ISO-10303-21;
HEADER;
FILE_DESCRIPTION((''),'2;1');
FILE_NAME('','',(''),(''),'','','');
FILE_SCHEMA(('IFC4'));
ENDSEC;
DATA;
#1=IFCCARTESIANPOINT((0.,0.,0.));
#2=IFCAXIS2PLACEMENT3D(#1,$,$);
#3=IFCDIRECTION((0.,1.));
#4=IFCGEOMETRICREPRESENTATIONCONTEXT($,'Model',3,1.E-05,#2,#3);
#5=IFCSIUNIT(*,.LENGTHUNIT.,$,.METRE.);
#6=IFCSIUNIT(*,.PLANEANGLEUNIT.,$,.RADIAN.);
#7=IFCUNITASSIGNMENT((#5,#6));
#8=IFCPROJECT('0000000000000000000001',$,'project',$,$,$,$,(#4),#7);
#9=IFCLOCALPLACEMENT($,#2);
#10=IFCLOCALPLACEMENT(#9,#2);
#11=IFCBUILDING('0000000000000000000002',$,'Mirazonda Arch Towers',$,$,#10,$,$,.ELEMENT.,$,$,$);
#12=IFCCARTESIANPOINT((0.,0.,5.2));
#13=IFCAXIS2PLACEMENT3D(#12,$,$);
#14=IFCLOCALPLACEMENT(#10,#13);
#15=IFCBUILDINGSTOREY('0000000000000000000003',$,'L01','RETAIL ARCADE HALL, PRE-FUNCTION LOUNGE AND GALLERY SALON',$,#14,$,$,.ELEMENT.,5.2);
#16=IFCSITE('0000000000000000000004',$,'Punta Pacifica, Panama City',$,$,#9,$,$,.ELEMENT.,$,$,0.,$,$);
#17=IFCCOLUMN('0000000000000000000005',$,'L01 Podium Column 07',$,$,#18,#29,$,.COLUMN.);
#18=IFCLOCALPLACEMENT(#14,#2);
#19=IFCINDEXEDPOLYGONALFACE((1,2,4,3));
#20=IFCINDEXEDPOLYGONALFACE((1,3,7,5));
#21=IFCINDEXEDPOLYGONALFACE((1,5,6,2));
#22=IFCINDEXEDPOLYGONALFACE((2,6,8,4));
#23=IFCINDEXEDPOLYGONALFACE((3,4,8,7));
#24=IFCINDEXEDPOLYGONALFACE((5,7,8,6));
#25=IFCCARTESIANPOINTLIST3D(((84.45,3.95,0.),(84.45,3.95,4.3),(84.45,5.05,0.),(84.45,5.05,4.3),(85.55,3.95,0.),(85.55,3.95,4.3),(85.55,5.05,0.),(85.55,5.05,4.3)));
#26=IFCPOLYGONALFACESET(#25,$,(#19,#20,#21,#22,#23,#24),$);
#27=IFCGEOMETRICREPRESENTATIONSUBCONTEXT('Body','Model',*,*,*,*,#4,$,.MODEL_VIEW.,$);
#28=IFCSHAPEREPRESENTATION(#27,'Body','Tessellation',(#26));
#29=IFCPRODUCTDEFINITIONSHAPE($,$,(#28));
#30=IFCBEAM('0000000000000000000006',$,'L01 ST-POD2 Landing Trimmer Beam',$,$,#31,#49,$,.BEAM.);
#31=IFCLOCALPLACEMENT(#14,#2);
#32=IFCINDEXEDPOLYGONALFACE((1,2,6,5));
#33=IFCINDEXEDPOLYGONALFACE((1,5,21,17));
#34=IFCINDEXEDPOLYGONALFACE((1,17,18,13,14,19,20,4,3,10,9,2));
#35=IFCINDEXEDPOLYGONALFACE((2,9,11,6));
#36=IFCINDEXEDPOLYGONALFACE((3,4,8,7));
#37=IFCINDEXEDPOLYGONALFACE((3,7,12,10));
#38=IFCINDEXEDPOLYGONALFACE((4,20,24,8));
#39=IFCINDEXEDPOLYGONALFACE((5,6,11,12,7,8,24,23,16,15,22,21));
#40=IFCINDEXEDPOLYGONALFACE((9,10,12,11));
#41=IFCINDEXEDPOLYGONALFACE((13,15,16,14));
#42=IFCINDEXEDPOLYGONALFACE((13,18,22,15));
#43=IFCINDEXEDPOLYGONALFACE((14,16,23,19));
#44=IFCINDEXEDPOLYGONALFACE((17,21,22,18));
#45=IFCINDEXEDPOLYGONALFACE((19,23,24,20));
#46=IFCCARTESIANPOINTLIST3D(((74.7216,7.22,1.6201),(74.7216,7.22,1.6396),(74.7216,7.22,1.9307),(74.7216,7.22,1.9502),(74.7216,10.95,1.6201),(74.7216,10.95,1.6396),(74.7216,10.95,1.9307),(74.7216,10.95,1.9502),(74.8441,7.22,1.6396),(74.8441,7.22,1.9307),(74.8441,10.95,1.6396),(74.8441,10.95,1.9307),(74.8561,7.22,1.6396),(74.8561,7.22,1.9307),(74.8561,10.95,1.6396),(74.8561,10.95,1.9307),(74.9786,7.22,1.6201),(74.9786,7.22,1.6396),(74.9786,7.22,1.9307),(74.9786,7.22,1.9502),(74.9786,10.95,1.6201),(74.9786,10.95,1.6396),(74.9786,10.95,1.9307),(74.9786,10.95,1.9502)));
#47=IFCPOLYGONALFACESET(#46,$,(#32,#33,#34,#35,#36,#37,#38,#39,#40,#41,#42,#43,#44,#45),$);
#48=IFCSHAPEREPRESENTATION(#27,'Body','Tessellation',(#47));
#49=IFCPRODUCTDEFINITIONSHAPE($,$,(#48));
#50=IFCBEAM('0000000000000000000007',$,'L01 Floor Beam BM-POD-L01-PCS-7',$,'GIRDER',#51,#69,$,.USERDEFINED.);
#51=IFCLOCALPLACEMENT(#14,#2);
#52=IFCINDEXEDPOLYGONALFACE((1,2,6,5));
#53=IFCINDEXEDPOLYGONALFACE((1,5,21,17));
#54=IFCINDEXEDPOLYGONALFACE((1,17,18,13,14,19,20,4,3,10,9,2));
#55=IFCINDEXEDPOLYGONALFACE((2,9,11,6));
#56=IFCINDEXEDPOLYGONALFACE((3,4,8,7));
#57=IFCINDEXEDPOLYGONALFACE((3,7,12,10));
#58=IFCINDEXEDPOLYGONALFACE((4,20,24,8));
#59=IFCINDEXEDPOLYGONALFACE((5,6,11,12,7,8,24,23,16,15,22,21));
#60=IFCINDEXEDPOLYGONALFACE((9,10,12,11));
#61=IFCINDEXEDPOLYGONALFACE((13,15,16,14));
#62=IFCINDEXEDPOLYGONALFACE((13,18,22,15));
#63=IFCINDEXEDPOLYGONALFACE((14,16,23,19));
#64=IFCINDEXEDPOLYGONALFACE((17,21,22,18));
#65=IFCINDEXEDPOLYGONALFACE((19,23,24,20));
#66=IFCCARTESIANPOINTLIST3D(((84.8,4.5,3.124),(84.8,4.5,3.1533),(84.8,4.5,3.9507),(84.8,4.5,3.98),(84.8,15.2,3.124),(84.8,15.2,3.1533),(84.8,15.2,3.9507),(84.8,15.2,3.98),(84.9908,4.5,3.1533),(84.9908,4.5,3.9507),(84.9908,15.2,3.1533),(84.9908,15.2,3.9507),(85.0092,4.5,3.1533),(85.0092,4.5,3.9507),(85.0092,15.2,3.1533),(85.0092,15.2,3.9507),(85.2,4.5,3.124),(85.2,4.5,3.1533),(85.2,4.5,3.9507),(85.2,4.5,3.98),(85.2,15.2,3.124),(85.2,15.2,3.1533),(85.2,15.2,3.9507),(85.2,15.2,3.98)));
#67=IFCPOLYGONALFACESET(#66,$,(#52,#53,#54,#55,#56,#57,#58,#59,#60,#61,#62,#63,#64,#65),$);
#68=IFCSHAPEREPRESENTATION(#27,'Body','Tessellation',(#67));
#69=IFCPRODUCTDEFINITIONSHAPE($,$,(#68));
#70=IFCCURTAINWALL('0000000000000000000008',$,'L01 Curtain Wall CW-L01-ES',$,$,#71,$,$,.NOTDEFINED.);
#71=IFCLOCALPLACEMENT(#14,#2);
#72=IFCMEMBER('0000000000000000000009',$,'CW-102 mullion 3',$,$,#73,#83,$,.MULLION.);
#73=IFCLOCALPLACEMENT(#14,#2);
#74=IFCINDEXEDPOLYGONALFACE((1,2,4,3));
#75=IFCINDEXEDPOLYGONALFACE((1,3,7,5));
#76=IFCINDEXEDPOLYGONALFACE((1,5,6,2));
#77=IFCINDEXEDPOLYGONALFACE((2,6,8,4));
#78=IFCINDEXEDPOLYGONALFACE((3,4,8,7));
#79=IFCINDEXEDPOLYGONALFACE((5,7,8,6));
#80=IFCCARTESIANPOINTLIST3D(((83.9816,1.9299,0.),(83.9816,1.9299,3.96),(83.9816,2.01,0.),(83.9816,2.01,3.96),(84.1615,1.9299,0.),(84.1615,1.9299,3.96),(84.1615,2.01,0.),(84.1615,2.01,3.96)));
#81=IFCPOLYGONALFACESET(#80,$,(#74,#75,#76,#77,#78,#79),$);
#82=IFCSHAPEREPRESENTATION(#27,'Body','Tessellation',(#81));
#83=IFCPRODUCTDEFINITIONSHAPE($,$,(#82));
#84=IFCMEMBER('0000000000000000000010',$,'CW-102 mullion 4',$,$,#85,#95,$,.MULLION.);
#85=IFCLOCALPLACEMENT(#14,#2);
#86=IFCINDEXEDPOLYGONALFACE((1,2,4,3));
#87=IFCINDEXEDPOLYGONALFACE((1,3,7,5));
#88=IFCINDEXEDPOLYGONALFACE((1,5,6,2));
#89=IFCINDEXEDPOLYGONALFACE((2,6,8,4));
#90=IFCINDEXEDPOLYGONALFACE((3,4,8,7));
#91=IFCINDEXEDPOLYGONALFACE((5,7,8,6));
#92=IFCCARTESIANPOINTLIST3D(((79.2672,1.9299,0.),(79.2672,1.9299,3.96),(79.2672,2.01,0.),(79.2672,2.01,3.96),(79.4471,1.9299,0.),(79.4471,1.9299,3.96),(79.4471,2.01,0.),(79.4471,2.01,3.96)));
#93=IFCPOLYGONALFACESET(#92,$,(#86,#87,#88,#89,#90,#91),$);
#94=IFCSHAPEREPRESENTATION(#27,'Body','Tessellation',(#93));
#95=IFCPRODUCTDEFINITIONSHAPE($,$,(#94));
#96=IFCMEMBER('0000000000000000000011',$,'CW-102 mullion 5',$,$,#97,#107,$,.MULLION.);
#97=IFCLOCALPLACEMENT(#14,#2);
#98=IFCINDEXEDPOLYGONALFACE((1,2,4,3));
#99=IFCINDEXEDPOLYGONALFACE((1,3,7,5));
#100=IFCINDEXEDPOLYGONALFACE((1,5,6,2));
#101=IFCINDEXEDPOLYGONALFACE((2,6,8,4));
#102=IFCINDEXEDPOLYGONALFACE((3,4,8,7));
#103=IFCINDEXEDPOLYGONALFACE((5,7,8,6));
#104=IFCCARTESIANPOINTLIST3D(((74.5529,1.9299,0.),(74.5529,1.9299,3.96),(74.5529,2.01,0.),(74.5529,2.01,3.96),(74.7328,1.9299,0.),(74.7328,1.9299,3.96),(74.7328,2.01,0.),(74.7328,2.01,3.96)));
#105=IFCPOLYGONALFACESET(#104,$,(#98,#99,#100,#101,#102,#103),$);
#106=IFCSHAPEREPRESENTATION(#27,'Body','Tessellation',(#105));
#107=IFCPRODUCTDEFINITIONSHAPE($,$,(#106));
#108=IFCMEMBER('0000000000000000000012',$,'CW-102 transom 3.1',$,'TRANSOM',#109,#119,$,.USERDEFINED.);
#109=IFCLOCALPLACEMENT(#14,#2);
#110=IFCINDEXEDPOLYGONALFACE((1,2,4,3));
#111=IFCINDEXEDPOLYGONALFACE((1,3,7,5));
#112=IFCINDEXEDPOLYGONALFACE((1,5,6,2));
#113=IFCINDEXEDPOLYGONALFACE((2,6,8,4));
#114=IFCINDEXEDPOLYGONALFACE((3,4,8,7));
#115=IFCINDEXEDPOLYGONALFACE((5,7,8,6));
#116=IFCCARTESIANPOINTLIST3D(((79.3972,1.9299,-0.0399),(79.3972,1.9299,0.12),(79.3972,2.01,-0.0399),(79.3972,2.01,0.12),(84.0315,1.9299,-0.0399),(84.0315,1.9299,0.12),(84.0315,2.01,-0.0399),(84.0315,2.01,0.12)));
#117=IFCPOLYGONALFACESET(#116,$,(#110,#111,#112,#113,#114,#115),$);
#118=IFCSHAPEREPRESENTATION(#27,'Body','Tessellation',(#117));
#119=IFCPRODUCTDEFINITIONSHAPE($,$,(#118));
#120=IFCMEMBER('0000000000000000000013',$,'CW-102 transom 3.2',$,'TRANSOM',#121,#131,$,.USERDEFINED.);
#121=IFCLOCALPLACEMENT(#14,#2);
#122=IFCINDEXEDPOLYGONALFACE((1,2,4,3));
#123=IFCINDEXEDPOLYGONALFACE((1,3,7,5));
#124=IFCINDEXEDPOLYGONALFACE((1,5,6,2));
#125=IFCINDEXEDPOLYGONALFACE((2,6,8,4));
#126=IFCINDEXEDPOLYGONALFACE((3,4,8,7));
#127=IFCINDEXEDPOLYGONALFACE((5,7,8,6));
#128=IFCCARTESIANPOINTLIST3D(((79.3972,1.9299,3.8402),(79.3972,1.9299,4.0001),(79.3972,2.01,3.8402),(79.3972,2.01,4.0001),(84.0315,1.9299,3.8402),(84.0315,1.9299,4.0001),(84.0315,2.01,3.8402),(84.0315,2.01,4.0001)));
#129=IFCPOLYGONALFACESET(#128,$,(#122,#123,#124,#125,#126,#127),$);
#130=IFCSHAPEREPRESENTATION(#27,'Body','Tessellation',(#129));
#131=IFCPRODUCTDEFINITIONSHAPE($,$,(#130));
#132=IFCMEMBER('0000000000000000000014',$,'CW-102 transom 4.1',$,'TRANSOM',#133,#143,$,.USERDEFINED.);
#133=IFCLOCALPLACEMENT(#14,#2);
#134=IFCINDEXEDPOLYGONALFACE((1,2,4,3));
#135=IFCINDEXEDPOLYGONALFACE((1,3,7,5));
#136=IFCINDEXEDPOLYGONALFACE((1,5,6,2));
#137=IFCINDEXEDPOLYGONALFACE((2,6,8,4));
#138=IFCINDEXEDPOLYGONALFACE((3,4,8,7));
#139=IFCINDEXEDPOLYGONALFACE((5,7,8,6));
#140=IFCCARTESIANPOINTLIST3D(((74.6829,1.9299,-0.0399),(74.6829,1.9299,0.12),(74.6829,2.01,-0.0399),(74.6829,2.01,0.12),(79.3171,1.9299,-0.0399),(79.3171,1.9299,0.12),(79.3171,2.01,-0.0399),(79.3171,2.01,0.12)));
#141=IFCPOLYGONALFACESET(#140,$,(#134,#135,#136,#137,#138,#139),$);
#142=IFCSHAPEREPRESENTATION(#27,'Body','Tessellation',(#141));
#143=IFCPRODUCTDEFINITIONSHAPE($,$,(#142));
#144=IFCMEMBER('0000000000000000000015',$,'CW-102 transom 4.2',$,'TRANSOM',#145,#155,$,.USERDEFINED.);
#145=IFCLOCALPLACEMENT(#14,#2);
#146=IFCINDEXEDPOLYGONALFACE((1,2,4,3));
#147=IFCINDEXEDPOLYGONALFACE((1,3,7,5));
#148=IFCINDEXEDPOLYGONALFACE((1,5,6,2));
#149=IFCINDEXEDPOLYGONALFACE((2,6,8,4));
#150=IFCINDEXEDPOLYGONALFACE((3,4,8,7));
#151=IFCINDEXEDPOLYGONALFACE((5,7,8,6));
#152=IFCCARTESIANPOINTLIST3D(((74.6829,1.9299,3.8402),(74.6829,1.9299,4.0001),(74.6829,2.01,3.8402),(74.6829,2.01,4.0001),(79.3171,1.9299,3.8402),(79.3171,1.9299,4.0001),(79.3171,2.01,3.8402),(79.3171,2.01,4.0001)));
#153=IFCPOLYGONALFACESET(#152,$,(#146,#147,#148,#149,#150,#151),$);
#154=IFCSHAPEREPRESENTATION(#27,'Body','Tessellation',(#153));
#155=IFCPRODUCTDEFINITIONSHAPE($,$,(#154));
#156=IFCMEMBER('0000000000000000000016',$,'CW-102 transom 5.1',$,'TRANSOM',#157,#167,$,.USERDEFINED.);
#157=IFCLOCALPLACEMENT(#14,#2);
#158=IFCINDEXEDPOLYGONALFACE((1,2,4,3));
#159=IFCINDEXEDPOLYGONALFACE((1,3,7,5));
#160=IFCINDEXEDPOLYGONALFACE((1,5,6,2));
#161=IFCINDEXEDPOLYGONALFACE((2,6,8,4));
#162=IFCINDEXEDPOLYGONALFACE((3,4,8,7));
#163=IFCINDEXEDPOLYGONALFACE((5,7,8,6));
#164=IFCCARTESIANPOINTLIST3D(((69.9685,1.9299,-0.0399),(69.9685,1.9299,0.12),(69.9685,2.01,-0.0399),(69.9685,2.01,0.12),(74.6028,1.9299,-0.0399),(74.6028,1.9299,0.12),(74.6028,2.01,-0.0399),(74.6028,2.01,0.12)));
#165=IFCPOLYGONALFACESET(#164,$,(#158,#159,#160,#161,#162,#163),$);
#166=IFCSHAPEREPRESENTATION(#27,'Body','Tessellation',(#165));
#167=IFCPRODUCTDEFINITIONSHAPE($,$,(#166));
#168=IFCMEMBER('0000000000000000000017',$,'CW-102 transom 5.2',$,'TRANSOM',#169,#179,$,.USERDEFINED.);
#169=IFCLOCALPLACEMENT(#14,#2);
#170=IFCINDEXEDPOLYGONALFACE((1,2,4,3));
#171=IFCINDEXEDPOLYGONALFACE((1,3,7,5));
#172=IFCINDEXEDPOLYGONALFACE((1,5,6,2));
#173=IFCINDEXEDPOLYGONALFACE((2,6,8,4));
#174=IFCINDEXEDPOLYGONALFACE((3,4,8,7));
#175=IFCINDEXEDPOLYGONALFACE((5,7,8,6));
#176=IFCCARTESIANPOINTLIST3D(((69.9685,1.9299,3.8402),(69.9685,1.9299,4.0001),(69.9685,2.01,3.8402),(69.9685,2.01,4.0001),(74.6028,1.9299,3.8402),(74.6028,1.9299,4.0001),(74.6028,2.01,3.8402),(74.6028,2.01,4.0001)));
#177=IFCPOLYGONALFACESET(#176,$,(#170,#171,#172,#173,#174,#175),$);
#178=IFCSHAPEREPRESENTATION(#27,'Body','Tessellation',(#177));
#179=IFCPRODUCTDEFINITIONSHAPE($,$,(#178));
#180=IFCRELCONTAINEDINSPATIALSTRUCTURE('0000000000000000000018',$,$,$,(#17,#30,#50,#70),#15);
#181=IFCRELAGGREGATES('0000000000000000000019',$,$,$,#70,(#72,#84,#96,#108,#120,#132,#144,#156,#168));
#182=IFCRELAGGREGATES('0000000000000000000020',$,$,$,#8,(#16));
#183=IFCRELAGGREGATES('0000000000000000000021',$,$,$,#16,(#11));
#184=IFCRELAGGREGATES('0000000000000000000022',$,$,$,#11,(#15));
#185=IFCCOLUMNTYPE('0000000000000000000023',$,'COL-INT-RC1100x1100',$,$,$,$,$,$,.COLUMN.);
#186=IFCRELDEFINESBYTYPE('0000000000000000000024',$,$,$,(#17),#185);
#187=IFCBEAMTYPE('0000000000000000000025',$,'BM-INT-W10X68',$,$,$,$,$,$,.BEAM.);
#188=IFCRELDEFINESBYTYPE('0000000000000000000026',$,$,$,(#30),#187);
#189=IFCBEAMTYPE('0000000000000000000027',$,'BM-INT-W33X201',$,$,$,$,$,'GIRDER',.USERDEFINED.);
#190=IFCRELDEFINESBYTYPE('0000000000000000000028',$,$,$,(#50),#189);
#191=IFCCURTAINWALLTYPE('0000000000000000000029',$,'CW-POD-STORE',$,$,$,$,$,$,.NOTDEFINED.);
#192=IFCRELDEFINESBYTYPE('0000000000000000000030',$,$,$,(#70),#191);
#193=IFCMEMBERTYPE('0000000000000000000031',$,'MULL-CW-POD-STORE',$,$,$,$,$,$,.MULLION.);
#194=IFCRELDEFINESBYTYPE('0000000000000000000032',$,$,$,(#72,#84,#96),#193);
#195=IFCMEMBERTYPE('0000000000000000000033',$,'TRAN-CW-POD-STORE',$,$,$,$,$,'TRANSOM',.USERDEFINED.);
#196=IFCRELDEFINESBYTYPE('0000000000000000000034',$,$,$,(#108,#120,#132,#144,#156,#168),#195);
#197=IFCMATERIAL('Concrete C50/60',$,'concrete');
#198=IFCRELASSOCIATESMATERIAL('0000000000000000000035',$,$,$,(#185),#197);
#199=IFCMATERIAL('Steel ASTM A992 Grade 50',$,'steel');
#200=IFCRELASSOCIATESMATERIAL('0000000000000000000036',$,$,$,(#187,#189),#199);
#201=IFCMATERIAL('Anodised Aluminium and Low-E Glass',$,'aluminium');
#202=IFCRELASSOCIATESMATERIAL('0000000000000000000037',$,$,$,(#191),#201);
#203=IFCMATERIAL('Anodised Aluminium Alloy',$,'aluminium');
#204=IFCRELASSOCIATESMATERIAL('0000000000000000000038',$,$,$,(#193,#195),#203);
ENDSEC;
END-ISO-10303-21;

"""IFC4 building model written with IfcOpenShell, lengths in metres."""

from ifc_helpers import new_model, si_unit, direction, frame, origin, origin_2d, place, context, subcontext, project, spatial, rectangle, i_section, extrude, material, material_profile, profile_set, type_object, element, aggregate, save


model = new_model("IFC4")

# Units and contexts
model_context = context("Model", 3, precision=1e-05, world=origin(), true_north=direction((0.0, 1.0)))
body_context = subcontext(model_context, "Body", "Model", "MODEL_VIEW")
ifc_project = project(units=[si_unit("LENGTHUNIT", "METRE"), si_unit("PLANEANGLEUNIT", "RADIAN")], contexts=[model_context])

# Site, building, storey
site_placement = place(None, origin())
site = spatial("IfcSite", under=ifc_project, at=site_placement, Name="Punta Pacifica, Panama City", CompositionType="ELEMENT", RefElevation=0.0)
building_placement = place(site_placement, origin())
building = spatial("IfcBuilding", under=site, at=building_placement, Name="Mirazonda Arch Towers", CompositionType="ELEMENT")
storey_placement = place(building_placement, frame((0.0, 0.0, 5.2)))
storey = spatial("IfcBuildingStorey", under=building, at=storey_placement, Name="L01", Description="RETAIL ARCADE HALL, PRE-FUNCTION LOUNGE AND GALLERY SALON", CompositionType="ELEMENT", Elevation=5.2)

# Column
ifc_material_1 = material(Name="Concrete C50/60", Category="concrete")
ifc_material_profile_1 = material_profile(ifc_material_1, rectangle(XDim=1.1001, YDim=1.1001, at=origin_2d()), Name="RC1100x1100")
ifc_profile_set_1 = profile_set([ifc_material_profile_1], Name="Concrete C50/60")
column_type = type_object("IfcColumnType", Name="COL-INT-RC1100x1100", PredefinedType="COLUMN", material=ifc_profile_set_1)
column_placement = place(storey_placement, frame((85.0, 4.5, 0.0), z_axis=(0.0, 0.0, 1.0), x_axis=(1.0, 0.0, 0.0)))
element("IfcColumn", 1, at=column_placement, inside=storey, type_object=column_type, Name="L01 Podium Column 07", PredefinedType="COLUMN", context=body_context, shape_type="SweptSolid", body=[
    extrude(rectangle(XDim=1.1001, YDim=1.1001, at=origin_2d()), origin(), (0.0, 0.0, 1.0), 4.3),
])

# Beams
ifc_material_2 = material(Name="Steel ASTM A992 Grade 50", Category="steel")
ifc_material_profile_2 = material_profile(ifc_material_2, i_section(OverallWidth=0.2571, OverallDepth=0.3301, WebThickness=0.012, FlangeThickness=0.0195, at=origin_2d()), Name="W10X68")
ifc_profile_set_2 = profile_set([ifc_material_profile_2], Name="Steel ASTM A992 Grade 50")
beam_type_1 = type_object("IfcBeamType", Name="BM-INT-W10X68", PredefinedType="BEAM", material=ifc_profile_set_2)
beam_1_placement = place(storey_placement, frame((74.8501, 7.22, 1.7852), z_axis=(0.0, 1.0, 0.0), x_axis=(-1.0, 0.0, 0.0)))
element("IfcBeam", 2, at=beam_1_placement, inside=storey, type_object=beam_type_1, Name="L01 ST-POD2 Landing Trimmer Beam", PredefinedType="BEAM", context=body_context, shape_type="SweptSolid", body=[
    extrude(i_section(OverallWidth=0.2571, OverallDepth=0.3301, WebThickness=0.012, FlangeThickness=0.0195, at=origin_2d()), origin(), (0.0, 0.0, 1.0), 3.73),
])
ifc_material_profile_3 = material_profile(ifc_material_2, i_section(OverallWidth=0.3999, OverallDepth=0.856, WebThickness=0.0183, FlangeThickness=0.0293, at=origin_2d()), Name="W33X201")
ifc_profile_set_3 = profile_set([ifc_material_profile_3], Name="Steel ASTM A992 Grade 50")
beam_type_2 = type_object("IfcBeamType", Name="BM-INT-W33X201", ElementType="GIRDER", PredefinedType="USERDEFINED", material=ifc_profile_set_3)
beam_2_placement = place(storey_placement, frame((85.0, 4.5, 3.552), z_axis=(0.0, 1.0, 0.0), x_axis=(-1.0, 0.0, 0.0)))
element("IfcBeam", 3, at=beam_2_placement, inside=storey, type_object=beam_type_2, Name="L01 Floor Beam BM-POD-L01-PCS-7", ObjectType="GIRDER", PredefinedType="USERDEFINED", context=body_context, shape_type="SweptSolid", body=[
    extrude(i_section(OverallWidth=0.3999, OverallDepth=0.856, WebThickness=0.0183, FlangeThickness=0.0293, at=origin_2d()), origin(), (0.0, 0.0, 1.0), 10.7),
])

# Curtain wall, members
ifc_material_3 = material(Name="Anodised Aluminium and Low-E Glass", Category="aluminium")
curtain_wall_type = type_object("IfcCurtainWallType", Name="CW-POD-STORE", PredefinedType="NOTDEFINED", material=ifc_material_3)
curtain_wall_placement = place(storey_placement, origin())
curtain_wall = element("IfcCurtainWall", 4, at=curtain_wall_placement, inside=storey, type_object=curtain_wall_type, Name="L01 Curtain Wall CW-L01-ES", PredefinedType="NOTDEFINED")
ifc_material_4 = material(Name="Anodised Aluminium Alloy", Category="aluminium")
ifc_material_profile_4 = material_profile(ifc_material_4, rectangle(XDim=0.0801, YDim=0.1799, at=origin_2d()), Name="ALU-MULL-80x180")
ifc_profile_set_4 = profile_set([ifc_material_profile_4], Name="Anodised Aluminium Alloy")
member_type_1 = type_object("IfcMemberType", Name="MULL-CW-POD-STORE", PredefinedType="MULLION", material=ifc_profile_set_4)
member_1_placement = place(storey_placement, frame((84.0715, 1.97, 0.0), z_axis=(0.0, 0.0, 1.0), x_axis=(0.0, -1.0, 0.0)))
member_1 = element("IfcMember", 5, at=member_1_placement, type_object=member_type_1, Name="CW-102 mullion 3", PredefinedType="MULLION", context=body_context, shape_type="SweptSolid", body=[
    extrude(rectangle(XDim=0.0801, YDim=0.1799, at=origin_2d()), origin(), (0.0, 0.0, 1.0), 3.96),
])
member_2_placement = place(storey_placement, frame((79.3572, 1.97, 0.0), z_axis=(0.0, 0.0, 1.0), x_axis=(0.0, -1.0, 0.0)))
member_2 = element("IfcMember", 6, at=member_2_placement, type_object=member_type_1, Name="CW-102 mullion 4", PredefinedType="MULLION", context=body_context, shape_type="SweptSolid", body=[
    extrude(rectangle(XDim=0.0801, YDim=0.1799, at=origin_2d()), origin(), (0.0, 0.0, 1.0), 3.96),
])
member_3_placement = place(storey_placement, frame((74.6428, 1.97, 0.0), z_axis=(0.0, 0.0, 1.0), x_axis=(0.0, -1.0, 0.0)))
member_3 = element("IfcMember", 7, at=member_3_placement, type_object=member_type_1, Name="CW-102 mullion 5", PredefinedType="MULLION", context=body_context, shape_type="SweptSolid", body=[
    extrude(rectangle(XDim=0.0801, YDim=0.1799, at=origin_2d()), origin(), (0.0, 0.0, 1.0), 3.96),
])
ifc_material_profile_5 = material_profile(ifc_material_4, rectangle(XDim=0.0801, YDim=0.1599, at=origin_2d()), Name="ALU-TRAN-80x160")
ifc_profile_set_5 = profile_set([ifc_material_profile_5], Name="Anodised Aluminium Alloy")
member_type_2 = type_object("IfcMemberType", Name="TRAN-CW-POD-STORE", ElementType="TRANSOM", PredefinedType="USERDEFINED", material=ifc_profile_set_5)
member_4_placement = place(storey_placement, frame((84.0315, 1.97, 0.04), z_axis=(-1.0, 0.0, 0.0), x_axis=(0.0, -1.0, 0.0)))
member_4 = element("IfcMember", 8, at=member_4_placement, type_object=member_type_2, Name="CW-102 transom 3.1", ObjectType="TRANSOM", PredefinedType="USERDEFINED", context=body_context, shape_type="SweptSolid", body=[
    extrude(rectangle(XDim=0.0801, YDim=0.1599, at=origin_2d()), origin(), (0.0, 0.0, 1.0), 4.6343),
])
member_5_placement = place(storey_placement, frame((84.0315, 1.97, 3.9202), z_axis=(-1.0, 0.0, 0.0), x_axis=(0.0, -1.0, 0.0)))
member_5 = element("IfcMember", 9, at=member_5_placement, type_object=member_type_2, Name="CW-102 transom 3.2", ObjectType="TRANSOM", PredefinedType="USERDEFINED", context=body_context, shape_type="SweptSolid", body=[
    extrude(rectangle(XDim=0.0801, YDim=0.1599, at=origin_2d()), origin(), (0.0, 0.0, 1.0), 4.6343),
])
member_6_placement = place(storey_placement, frame((79.3171, 1.97, 0.04), z_axis=(-1.0, 0.0, 0.0), x_axis=(0.0, -1.0, 0.0)))
member_6 = element("IfcMember", 10, at=member_6_placement, type_object=member_type_2, Name="CW-102 transom 4.1", ObjectType="TRANSOM", PredefinedType="USERDEFINED", context=body_context, shape_type="SweptSolid", body=[
    extrude(rectangle(XDim=0.0801, YDim=0.1599, at=origin_2d()), origin(), (0.0, 0.0, 1.0), 4.6343),
])
member_7_placement = place(storey_placement, frame((79.3171, 1.97, 3.9202), z_axis=(-1.0, 0.0, 0.0), x_axis=(0.0, -1.0, 0.0)))
member_7 = element("IfcMember", 11, at=member_7_placement, type_object=member_type_2, Name="CW-102 transom 4.2", ObjectType="TRANSOM", PredefinedType="USERDEFINED", context=body_context, shape_type="SweptSolid", body=[
    extrude(rectangle(XDim=0.0801, YDim=0.1599, at=origin_2d()), origin(), (0.0, 0.0, 1.0), 4.6343),
])
member_8_placement = place(storey_placement, frame((74.6028, 1.97, 0.04), z_axis=(-1.0, 0.0, 0.0), x_axis=(0.0, -1.0, 0.0)))
member_8 = element("IfcMember", 12, at=member_8_placement, type_object=member_type_2, Name="CW-102 transom 5.1", ObjectType="TRANSOM", PredefinedType="USERDEFINED", context=body_context, shape_type="SweptSolid", body=[
    extrude(rectangle(XDim=0.0801, YDim=0.1599, at=origin_2d()), origin(), (0.0, 0.0, 1.0), 4.6343),
])
member_9_placement = place(storey_placement, frame((74.6028, 1.97, 3.9202), z_axis=(-1.0, 0.0, 0.0), x_axis=(0.0, -1.0, 0.0)))
member_9 = element("IfcMember", 13, at=member_9_placement, type_object=member_type_2, Name="CW-102 transom 5.2", ObjectType="TRANSOM", PredefinedType="USERDEFINED", context=body_context, shape_type="SweptSolid", body=[
    extrude(rectangle(XDim=0.0801, YDim=0.1599, at=origin_2d()), origin(), (0.0, 0.0, 1.0), 4.6343),
])
aggregate(curtain_wall, [member_1, member_2, member_3, member_4, member_5, member_6, member_7, member_8, member_9])

save(model, "model.ifc")
